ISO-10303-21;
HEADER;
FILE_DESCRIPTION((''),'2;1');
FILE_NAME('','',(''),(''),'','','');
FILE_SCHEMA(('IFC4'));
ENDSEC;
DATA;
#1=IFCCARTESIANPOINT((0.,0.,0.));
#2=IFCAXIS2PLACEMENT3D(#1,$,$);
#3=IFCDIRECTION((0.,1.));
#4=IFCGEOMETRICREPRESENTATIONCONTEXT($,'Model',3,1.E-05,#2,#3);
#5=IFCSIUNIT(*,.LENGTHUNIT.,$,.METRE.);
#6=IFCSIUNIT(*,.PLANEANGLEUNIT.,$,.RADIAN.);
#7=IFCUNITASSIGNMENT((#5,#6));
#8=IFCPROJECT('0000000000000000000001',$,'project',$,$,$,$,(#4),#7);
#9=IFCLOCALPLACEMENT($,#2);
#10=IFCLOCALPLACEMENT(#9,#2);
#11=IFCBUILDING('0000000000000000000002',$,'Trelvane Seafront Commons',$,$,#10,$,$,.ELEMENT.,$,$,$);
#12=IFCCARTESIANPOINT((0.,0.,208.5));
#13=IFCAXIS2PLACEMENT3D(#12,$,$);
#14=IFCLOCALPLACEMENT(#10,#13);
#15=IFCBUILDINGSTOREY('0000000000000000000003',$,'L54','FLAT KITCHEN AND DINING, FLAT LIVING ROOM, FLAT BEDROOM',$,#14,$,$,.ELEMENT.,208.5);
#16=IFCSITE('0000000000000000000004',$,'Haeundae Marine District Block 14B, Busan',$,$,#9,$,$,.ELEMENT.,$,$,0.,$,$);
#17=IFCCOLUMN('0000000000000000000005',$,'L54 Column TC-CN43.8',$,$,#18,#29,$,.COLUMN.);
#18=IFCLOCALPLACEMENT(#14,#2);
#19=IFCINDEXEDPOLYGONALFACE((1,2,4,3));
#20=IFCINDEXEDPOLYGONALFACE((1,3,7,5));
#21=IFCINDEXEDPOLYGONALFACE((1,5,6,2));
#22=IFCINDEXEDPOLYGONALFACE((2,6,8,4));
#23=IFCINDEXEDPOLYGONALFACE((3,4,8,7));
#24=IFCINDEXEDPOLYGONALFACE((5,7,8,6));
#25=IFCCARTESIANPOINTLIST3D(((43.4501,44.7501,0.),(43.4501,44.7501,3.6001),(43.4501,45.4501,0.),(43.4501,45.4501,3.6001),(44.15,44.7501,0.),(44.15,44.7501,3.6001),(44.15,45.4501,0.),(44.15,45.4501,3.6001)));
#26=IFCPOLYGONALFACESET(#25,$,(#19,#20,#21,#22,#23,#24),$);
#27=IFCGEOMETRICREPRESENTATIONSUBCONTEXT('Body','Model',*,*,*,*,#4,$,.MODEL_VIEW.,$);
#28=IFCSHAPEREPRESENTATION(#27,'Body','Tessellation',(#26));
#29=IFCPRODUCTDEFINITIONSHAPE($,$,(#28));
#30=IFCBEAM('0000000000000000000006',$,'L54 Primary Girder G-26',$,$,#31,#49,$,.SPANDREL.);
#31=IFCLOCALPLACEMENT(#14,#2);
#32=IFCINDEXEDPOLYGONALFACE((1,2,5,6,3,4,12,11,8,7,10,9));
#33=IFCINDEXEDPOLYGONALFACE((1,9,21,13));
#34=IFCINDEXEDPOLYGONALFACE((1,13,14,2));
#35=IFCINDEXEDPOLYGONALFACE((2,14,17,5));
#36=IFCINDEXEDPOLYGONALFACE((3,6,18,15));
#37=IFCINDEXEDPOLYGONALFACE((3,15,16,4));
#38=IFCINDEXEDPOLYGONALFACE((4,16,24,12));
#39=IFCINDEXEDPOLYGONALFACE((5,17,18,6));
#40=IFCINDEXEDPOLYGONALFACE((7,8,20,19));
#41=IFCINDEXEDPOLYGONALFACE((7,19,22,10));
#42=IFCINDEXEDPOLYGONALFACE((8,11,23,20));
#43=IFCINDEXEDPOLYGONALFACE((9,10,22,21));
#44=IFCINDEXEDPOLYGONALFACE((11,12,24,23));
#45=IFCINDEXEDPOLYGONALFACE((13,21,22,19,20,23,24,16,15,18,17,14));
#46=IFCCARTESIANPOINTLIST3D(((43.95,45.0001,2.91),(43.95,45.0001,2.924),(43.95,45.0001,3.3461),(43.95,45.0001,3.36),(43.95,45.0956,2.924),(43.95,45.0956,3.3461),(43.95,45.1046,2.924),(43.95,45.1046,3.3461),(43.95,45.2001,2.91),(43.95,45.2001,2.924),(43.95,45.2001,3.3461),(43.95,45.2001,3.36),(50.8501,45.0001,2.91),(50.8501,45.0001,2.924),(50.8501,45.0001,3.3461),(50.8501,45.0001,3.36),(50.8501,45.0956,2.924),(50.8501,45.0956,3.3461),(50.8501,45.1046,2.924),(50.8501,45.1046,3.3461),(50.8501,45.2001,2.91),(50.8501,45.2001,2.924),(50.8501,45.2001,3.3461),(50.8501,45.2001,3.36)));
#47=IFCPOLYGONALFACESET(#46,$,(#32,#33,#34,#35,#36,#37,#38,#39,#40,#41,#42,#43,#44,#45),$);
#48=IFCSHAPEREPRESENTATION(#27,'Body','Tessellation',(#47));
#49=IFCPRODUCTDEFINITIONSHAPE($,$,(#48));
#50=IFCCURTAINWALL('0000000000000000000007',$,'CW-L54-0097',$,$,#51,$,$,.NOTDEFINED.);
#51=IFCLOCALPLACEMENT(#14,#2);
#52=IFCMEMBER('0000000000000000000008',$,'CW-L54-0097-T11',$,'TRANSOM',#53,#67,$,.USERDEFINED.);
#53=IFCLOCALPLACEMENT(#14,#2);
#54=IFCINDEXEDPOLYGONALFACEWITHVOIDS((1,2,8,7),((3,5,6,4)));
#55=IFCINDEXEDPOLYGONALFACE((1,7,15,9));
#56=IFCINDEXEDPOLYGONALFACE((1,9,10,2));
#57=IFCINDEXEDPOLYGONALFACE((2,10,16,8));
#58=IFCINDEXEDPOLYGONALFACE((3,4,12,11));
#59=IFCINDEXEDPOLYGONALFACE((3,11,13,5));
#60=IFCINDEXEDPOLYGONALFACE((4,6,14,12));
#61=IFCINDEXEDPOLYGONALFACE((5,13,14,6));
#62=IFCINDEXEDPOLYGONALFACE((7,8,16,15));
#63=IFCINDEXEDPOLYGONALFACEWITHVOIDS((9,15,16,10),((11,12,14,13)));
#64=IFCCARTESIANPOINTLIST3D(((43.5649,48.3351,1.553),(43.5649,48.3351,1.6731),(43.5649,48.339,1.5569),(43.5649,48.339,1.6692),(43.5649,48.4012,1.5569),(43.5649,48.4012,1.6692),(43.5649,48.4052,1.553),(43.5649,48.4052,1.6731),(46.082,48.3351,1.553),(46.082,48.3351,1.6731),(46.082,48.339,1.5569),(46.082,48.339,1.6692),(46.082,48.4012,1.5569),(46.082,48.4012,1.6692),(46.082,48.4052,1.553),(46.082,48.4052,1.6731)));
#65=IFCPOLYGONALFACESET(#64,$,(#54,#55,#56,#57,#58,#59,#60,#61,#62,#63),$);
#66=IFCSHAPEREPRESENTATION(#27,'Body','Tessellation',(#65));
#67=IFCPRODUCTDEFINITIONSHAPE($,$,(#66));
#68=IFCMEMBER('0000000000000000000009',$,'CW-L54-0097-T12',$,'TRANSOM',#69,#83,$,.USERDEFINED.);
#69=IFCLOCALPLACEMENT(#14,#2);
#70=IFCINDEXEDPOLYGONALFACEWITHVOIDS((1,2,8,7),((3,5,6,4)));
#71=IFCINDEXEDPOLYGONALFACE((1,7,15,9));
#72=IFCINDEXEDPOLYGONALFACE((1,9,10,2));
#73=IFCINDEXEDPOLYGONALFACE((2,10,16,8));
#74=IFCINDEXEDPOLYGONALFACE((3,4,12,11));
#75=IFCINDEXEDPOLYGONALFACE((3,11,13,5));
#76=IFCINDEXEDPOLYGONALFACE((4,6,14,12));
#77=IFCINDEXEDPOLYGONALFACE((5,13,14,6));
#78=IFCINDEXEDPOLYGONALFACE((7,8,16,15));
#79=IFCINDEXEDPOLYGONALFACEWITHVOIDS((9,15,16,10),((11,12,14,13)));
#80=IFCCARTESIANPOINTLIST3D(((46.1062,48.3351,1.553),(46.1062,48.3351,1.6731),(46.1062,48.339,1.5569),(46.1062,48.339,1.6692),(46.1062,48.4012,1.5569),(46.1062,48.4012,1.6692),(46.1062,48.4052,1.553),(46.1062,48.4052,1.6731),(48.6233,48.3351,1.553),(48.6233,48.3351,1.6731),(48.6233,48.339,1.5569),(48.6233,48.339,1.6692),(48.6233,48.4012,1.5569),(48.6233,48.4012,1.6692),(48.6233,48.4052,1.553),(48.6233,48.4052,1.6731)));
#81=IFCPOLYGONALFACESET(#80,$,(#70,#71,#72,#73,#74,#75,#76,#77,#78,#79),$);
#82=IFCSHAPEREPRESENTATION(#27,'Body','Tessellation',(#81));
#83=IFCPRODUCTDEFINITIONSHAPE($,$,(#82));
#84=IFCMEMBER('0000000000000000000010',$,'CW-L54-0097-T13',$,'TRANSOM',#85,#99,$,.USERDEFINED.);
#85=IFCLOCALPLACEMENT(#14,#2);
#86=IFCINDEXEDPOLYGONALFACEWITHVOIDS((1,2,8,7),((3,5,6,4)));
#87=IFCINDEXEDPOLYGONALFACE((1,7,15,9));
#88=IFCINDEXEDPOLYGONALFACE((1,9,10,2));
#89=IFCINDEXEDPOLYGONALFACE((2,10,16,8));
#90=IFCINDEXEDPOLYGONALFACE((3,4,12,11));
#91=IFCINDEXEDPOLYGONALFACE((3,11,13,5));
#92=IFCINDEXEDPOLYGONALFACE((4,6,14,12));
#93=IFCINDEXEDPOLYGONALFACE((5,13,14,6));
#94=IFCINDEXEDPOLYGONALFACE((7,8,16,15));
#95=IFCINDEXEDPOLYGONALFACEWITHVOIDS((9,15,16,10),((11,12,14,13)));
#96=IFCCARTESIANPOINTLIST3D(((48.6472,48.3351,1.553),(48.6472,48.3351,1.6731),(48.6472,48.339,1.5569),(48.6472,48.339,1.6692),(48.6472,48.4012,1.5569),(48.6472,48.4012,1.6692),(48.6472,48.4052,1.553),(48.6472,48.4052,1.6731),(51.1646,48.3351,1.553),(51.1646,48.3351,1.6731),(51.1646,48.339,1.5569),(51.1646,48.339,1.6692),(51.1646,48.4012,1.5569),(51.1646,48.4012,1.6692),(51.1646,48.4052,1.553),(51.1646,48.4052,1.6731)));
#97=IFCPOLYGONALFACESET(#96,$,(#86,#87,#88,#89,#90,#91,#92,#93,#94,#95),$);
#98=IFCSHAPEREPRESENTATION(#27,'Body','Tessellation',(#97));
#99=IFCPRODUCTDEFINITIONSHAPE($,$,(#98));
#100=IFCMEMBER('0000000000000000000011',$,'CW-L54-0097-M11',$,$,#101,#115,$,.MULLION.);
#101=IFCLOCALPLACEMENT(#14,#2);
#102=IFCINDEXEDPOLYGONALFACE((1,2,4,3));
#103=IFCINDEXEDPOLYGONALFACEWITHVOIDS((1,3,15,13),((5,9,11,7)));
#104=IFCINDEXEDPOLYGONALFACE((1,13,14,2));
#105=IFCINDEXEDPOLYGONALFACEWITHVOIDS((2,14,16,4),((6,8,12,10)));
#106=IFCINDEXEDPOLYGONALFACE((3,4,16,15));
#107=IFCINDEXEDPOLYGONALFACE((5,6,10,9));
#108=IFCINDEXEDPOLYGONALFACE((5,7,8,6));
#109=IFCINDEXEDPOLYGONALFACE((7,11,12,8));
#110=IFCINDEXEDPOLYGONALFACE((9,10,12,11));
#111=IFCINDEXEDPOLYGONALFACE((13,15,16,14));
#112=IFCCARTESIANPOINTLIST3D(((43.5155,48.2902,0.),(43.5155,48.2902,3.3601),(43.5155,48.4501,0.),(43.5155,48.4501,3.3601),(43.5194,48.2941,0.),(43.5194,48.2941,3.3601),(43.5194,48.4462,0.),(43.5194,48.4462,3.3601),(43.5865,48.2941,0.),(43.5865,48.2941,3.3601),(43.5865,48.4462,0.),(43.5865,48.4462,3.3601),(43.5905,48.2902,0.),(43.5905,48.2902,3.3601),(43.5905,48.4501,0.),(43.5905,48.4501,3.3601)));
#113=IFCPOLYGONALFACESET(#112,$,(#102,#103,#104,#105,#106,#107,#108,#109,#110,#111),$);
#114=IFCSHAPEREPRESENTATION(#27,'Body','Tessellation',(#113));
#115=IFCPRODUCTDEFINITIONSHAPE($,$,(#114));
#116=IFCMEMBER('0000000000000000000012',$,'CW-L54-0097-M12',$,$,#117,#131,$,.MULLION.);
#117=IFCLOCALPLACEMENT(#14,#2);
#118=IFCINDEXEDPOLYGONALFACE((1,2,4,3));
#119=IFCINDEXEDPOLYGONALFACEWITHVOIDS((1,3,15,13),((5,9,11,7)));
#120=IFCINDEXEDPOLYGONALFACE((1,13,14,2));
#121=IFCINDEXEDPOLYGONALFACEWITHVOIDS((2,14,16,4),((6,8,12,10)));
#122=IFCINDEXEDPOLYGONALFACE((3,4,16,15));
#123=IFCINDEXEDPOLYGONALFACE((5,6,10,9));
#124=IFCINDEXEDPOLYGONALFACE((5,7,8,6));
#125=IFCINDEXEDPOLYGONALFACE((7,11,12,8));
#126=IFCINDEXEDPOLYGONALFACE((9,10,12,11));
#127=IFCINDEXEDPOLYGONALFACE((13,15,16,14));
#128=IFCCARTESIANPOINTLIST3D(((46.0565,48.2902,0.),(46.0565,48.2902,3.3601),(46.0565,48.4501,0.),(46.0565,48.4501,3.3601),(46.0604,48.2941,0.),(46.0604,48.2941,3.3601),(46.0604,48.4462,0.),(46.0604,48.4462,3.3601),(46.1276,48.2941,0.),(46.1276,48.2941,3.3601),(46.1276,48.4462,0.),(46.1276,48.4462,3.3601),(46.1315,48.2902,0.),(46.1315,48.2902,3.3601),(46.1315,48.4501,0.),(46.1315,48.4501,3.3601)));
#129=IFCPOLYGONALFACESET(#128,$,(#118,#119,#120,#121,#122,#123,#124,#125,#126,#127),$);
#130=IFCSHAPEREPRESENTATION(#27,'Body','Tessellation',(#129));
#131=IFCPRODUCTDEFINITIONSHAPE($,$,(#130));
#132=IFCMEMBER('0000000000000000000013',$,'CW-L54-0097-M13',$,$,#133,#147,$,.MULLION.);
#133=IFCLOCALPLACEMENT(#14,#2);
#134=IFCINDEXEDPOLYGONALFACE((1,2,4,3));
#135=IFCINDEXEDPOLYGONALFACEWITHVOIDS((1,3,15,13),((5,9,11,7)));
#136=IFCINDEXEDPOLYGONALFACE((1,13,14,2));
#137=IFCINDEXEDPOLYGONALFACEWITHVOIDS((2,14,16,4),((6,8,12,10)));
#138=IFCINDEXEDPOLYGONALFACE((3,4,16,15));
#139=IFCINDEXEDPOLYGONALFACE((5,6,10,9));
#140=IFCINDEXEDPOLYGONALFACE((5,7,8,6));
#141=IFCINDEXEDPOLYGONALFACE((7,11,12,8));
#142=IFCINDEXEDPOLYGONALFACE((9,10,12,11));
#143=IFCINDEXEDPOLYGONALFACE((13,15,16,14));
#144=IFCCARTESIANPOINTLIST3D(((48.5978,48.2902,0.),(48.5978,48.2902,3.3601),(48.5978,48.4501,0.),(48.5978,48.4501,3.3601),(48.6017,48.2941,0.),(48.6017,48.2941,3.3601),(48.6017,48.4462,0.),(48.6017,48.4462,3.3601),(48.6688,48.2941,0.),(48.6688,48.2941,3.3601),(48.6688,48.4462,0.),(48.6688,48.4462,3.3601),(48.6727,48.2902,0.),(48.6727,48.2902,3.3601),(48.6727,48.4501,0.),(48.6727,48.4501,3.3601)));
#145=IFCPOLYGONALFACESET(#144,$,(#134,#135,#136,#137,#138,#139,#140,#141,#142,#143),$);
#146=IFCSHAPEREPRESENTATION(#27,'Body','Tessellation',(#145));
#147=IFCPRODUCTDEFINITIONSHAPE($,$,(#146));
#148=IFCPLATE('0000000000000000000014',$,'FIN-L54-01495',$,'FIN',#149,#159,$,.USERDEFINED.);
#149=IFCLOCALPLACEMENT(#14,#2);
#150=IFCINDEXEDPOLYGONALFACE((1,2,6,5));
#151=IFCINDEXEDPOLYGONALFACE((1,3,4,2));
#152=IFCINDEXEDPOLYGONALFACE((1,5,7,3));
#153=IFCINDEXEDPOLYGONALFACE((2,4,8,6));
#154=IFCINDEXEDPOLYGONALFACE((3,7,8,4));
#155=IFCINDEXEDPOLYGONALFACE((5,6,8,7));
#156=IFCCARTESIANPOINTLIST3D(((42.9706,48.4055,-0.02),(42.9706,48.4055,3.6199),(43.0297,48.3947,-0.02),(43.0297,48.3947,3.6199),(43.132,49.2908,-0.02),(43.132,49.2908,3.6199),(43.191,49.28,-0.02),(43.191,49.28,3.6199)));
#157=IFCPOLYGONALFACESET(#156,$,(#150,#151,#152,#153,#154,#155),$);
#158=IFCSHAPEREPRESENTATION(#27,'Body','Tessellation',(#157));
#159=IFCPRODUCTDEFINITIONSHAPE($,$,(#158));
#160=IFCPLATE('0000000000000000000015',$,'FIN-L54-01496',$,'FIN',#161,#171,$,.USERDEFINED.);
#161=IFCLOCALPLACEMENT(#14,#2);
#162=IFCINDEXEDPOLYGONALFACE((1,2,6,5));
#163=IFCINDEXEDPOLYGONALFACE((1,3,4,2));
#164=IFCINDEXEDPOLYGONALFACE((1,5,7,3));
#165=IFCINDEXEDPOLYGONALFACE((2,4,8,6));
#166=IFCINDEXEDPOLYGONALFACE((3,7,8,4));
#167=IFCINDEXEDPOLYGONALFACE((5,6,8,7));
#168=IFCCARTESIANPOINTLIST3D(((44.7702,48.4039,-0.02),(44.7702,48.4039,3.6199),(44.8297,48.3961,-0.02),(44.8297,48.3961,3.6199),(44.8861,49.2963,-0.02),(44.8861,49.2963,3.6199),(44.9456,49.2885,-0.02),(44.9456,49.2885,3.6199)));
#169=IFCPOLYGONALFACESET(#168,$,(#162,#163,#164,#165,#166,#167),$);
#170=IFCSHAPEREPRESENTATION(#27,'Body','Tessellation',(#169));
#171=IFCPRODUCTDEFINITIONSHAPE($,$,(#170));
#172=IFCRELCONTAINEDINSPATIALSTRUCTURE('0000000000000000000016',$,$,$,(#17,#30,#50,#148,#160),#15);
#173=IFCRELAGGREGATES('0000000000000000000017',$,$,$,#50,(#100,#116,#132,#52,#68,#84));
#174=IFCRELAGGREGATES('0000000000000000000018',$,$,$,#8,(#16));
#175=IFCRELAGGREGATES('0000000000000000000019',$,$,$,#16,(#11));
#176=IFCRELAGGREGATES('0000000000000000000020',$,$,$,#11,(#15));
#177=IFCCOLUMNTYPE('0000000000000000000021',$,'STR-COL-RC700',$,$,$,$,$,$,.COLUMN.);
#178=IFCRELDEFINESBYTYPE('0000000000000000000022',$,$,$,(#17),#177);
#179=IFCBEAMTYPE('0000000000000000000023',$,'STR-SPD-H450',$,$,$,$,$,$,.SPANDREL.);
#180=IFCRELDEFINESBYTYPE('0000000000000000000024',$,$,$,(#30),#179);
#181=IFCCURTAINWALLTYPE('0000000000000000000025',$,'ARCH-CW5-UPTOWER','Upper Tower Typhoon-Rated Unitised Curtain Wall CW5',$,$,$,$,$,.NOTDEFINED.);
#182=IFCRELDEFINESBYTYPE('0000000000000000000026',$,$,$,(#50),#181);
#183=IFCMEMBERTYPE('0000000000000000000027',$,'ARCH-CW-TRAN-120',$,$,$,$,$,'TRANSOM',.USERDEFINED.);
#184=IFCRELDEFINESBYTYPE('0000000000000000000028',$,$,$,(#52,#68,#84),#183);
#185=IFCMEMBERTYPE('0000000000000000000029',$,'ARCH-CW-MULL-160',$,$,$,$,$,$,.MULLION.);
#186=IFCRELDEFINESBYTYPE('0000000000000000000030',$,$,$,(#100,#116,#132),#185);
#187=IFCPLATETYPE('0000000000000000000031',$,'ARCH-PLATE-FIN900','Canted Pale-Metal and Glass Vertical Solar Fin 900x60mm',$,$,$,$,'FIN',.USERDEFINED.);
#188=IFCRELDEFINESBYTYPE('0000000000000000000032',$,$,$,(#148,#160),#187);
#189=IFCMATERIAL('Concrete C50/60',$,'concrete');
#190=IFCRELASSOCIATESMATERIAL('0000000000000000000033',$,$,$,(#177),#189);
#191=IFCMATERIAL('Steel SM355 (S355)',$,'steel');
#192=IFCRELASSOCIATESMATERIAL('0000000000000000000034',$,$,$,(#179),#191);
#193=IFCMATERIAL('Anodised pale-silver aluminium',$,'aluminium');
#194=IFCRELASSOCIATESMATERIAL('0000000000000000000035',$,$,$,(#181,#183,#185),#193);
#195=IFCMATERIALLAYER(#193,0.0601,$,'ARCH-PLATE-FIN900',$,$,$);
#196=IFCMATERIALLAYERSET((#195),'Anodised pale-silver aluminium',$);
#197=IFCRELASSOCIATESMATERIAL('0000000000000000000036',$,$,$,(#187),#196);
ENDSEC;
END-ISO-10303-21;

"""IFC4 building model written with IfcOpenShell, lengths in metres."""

from ifc_helpers import new_model, si_unit, direction, frame, origin, origin_2d, place, context, subcontext, project, spatial, rectangle, hollow_rectangle, i_section, extrude, source, transform, mapped, material, layer, layer_set, material_profile, profile_set, type_object, element, aggregate, save


model = new_model("IFC4")

# Units and contexts
model_context = context("Model", 3, precision=1e-05, world=origin(), true_north=direction((0.0, 1.0)))
body_context = subcontext(model_context, "Body", "Model", "MODEL_VIEW")
ifc_project = project(units=[si_unit("LENGTHUNIT", "METRE"), si_unit("PLANEANGLEUNIT", "RADIAN")], contexts=[model_context])

# Site, building, storey
site_placement = place(None, origin())
site = spatial("IfcSite", under=ifc_project, at=site_placement, Name="Haeundae Marine District Block 14B, Busan", CompositionType="ELEMENT", RefElevation=0.0)
building_placement = place(site_placement, origin())
building = spatial("IfcBuilding", under=site, at=building_placement, Name="Trelvane Seafront Commons", CompositionType="ELEMENT")
storey_placement = place(building_placement, frame((0.0, 0.0, 208.5)))
storey = spatial("IfcBuildingStorey", under=building, at=storey_placement, Name="L54", Description="FLAT KITCHEN AND DINING, FLAT LIVING ROOM, FLAT BEDROOM", CompositionType="ELEMENT", Elevation=208.5)

# Column
ifc_material_1 = material(Name="Concrete C50/60", Category="concrete")
ifc_material_profile_1 = material_profile(ifc_material_1, rectangle(XDim=0.7, YDim=0.7, at=origin_2d()), Name="RC-700x700")
ifc_profile_set_1 = profile_set([ifc_material_profile_1], Name="Concrete C50/60")
column_type = type_object("IfcColumnType", Name="STR-COL-RC700", PredefinedType="COLUMN", material=ifc_profile_set_1)
shared_shape_1 = source(origin(), body_context, "Body", "SweptSolid", [
    extrude(rectangle(XDim=0.7, YDim=0.7, at=origin_2d()), origin(), (0.0, 0.0, 1.0), 3.6001),
])
column_placement = place(storey_placement, frame((43.8, 45.1001, 0.0), z_axis=(0.0, 0.0, 1.0), x_axis=(1.0, 0.0, 0.0)))
element("IfcColumn", 1, at=column_placement, inside=storey, type_object=column_type, Name="L54 Column TC-CN43.8", PredefinedType="COLUMN", context=body_context, shape_type="MappedRepresentation", body=[
    mapped(shared_shape_1, transform((0.0, 0.0, 0.0), x_axis=(1.0, 0.0, 0.0), y_axis=(0.0, 1.0, 0.0), z_axis=(0.0, 0.0, 1.0), scale=1.0)),
])

# Beam
ifc_material_2 = material(Name="Steel SM355 (S355)", Category="steel")
ifc_material_profile_2 = material_profile(ifc_material_2, i_section(OverallWidth=0.2, OverallDepth=0.45, WebThickness=0.009, FlangeThickness=0.0139, at=origin_2d()), Name="H-450x200x9x14")
ifc_profile_set_2 = profile_set([ifc_material_profile_2], Name="Steel SM355 (S355)")
beam_type = type_object("IfcBeamType", Name="STR-SPD-H450", PredefinedType="SPANDREL", material=ifc_profile_set_2)
shared_shape_2 = source(origin(), body_context, "Body", "SweptSolid", [
    extrude(i_section(OverallWidth=0.2, OverallDepth=0.45, WebThickness=0.009, FlangeThickness=0.0139, at=origin_2d()), origin(), (0.0, 0.0, 1.0), 6.9001),
])
beam_placement = place(storey_placement, frame((43.95, 45.1001, 3.135), z_axis=(1.0, 0.0, 0.0), x_axis=(0.0, 1.0, 0.0)))
element("IfcBeam", 2, at=beam_placement, inside=storey, type_object=beam_type, Name="L54 Primary Girder G-26", PredefinedType="SPANDREL", context=body_context, shape_type="MappedRepresentation", body=[
    mapped(shared_shape_2, transform((0.0, 0.0, 0.0), x_axis=(1.0, 0.0, 0.0), y_axis=(0.0, 1.0, 0.0), z_axis=(0.0, 0.0, 1.0), scale=1.0)),
])

# Curtain wall, members
ifc_material_3 = material(Name="Anodised pale-silver aluminium", Category="aluminium")
curtain_wall_type = type_object("IfcCurtainWallType", Name="ARCH-CW5-UPTOWER", Description="Upper Tower Typhoon-Rated Unitised Curtain Wall CW5", PredefinedType="NOTDEFINED", material=ifc_material_3)
curtain_wall_placement = place(storey_placement, origin())
curtain_wall = element("IfcCurtainWall", 3, at=curtain_wall_placement, inside=storey, type_object=curtain_wall_type, Name="CW-L54-0097", PredefinedType="NOTDEFINED")
ifc_material_profile_3 = material_profile(ifc_material_3, hollow_rectangle(XDim=0.0701, YDim=0.1201, WallThickness=0.0039, at=origin_2d()), Name="TRAN-70x120x4")
ifc_profile_set_3 = profile_set([ifc_material_profile_3], Name="Anodised pale-silver aluminium")
member_type_1 = type_object("IfcMemberType", Name="ARCH-CW-TRAN-120", ElementType="TRANSOM", PredefinedType="USERDEFINED", material=ifc_profile_set_3)
shared_shape_3 = source(origin(), body_context, "Body", "SweptSolid", [
    extrude(hollow_rectangle(XDim=0.0701, YDim=0.1201, WallThickness=0.0039, at=origin_2d()), origin(), (0.0, 0.0, 1.0), 2.5171),
])
member_1_placement = place(storey_placement, frame((43.5649, 48.3701, 1.613), z_axis=(1.0, 0.0, 0.0), x_axis=(0.0, 1.0, 0.0)))
member_1 = element("IfcMember", 4, at=member_1_placement, type_object=member_type_1, Name="CW-L54-0097-T11", ObjectType="TRANSOM", PredefinedType="USERDEFINED", context=body_context, shape_type="MappedRepresentation", body=[
    mapped(shared_shape_3, transform((0.0, 0.0, 0.0), x_axis=(1.0, 0.0, 0.0), y_axis=(0.0, 1.0, 0.0), z_axis=(0.0, 0.0, 1.0), scale=1.0)),
])
member_2_placement = place(storey_placement, frame((46.1062, 48.3701, 1.613), z_axis=(1.0, 0.0, 0.0), x_axis=(0.0, 1.0, 0.0)))
member_2 = element("IfcMember", 5, at=member_2_placement, type_object=member_type_1, Name="CW-L54-0097-T12", ObjectType="TRANSOM", PredefinedType="USERDEFINED", context=body_context, shape_type="MappedRepresentation", body=[
    mapped(shared_shape_3, transform((0.0, 0.0, 0.0), x_axis=(1.0, 0.0, 0.0), y_axis=(0.0, 1.0, 0.0), z_axis=(0.0, 0.0, 1.0), scale=1.0)),
])
shared_shape_4 = source(origin(), body_context, "Body", "SweptSolid", [
    extrude(hollow_rectangle(XDim=0.0701, YDim=0.1201, WallThickness=0.0039, at=origin_2d()), origin(), (0.0, 0.0, 1.0), 2.5173),
])
member_3_placement = place(storey_placement, frame((48.6472, 48.3701, 1.613), z_axis=(1.0, 0.0, 0.0), x_axis=(0.0, 1.0, 0.0)))
member_3 = element("IfcMember", 6, at=member_3_placement, type_object=member_type_1, Name="CW-L54-0097-T13", ObjectType="TRANSOM", PredefinedType="USERDEFINED", context=body_context, shape_type="MappedRepresentation", body=[
    mapped(shared_shape_4, transform((0.0, 0.0, 0.0), x_axis=(1.0, 0.0, 0.0), y_axis=(0.0, 1.0, 0.0), z_axis=(0.0, 0.0, 1.0), scale=1.0)),
])
ifc_material_profile_4 = material_profile(ifc_material_3, hollow_rectangle(XDim=0.075, YDim=0.1599, WallThickness=0.0039, at=origin_2d()), Name="MULL-75x160x4")
ifc_profile_set_4 = profile_set([ifc_material_profile_4], Name="Anodised pale-silver aluminium")
member_type_2 = type_object("IfcMemberType", Name="ARCH-CW-MULL-160", PredefinedType="MULLION", material=ifc_profile_set_4)
shared_shape_5 = source(origin(), body_context, "Body", "SweptSolid", [
    extrude(hollow_rectangle(XDim=0.075, YDim=0.1599, WallThickness=0.0039, at=origin_2d()), origin(), (0.0, 0.0, 1.0), 3.3601),
])
member_4_placement = place(storey_placement, frame((43.553, 48.3701, 0.0), z_axis=(0.0, 0.0, 1.0), x_axis=(1.0, 0.0, 0.0)))
member_4 = element("IfcMember", 7, at=member_4_placement, type_object=member_type_2, Name="CW-L54-0097-M11", PredefinedType="MULLION", context=body_context, shape_type="MappedRepresentation", body=[
    mapped(shared_shape_5, transform((0.0, 0.0, 0.0), x_axis=(1.0, 0.0, 0.0), y_axis=(0.0, 1.0, 0.0), z_axis=(0.0, 0.0, 1.0), scale=1.0)),
])
member_5_placement = place(storey_placement, frame((46.094, 48.3701, 0.0), z_axis=(0.0, 0.0, 1.0), x_axis=(1.0, 0.0, 0.0)))
member_5 = element("IfcMember", 8, at=member_5_placement, type_object=member_type_2, Name="CW-L54-0097-M12", PredefinedType="MULLION", context=body_context, shape_type="MappedRepresentation", body=[
    mapped(shared_shape_5, transform((0.0, 0.0, 0.0), x_axis=(1.0, 0.0, 0.0), y_axis=(0.0, 1.0, 0.0), z_axis=(0.0, 0.0, 1.0), scale=1.0)),
])
member_6_placement = place(storey_placement, frame((48.6353, 48.3701, 0.0), z_axis=(0.0, 0.0, 1.0), x_axis=(1.0, 0.0, 0.0)))
member_6 = element("IfcMember", 9, at=member_6_placement, type_object=member_type_2, Name="CW-L54-0097-M13", PredefinedType="MULLION", context=body_context, shape_type="MappedRepresentation", body=[
    mapped(shared_shape_5, transform((0.0, 0.0, 0.0), x_axis=(1.0, 0.0, 0.0), y_axis=(0.0, 1.0, 0.0), z_axis=(0.0, 0.0, 1.0), scale=1.0)),
])

# Plates
ifc_layer_1 = layer(ifc_material_3, 0.0601, Name="ARCH-PLATE-FIN900")
ifc_layer_set_1 = layer_set([ifc_layer_1], Name="Anodised pale-silver aluminium")
plate_type_1 = type_object("IfcPlateType", Name="ARCH-PLATE-FIN900", Description="Canted Pale-Metal and Glass Vertical Solar Fin 900x60mm", ElementType="FIN", PredefinedType="USERDEFINED", material=ifc_layer_set_1)
shared_shape_6 = source(origin(), body_context, "Body", "SweptSolid", [
    extrude(rectangle(XDim=0.8999, YDim=0.0601, at=origin_2d()), origin(), (0.0, 0.0, 1.0), 3.6399),
])
for number, where, z_axis, x_axis, name in (
    (10, (43.0808, 48.8428, -0.02), (0.0, 0.0, 1.0), (0.179335, 0.983788, 0.0), "FIN-L54-01495"),
    (11, (44.8579, 48.8462, -0.02), (0.0, 0.0, 1.0), (0.128778, 0.991673, 0.0), "FIN-L54-01496"),
):
    element("IfcPlate", number, at=place(storey_placement, frame(where, z_axis=z_axis, x_axis=x_axis)), inside=storey, type_object=plate_type_1, Name=name, ObjectType="FIN", PredefinedType="USERDEFINED", context=body_context, shape_type="MappedRepresentation", body=[
        mapped(shared_shape_6, transform((0.0, 0.0, 0.0), x_axis=(1.0, 0.0, 0.0), y_axis=(0.0, 1.0, 0.0), z_axis=(0.0, 0.0, 1.0), scale=1.0)),
    ])

aggregate(curtain_wall, [member_4, member_5, member_6, member_1, member_2, member_3])

save(model, "model.ifc")
